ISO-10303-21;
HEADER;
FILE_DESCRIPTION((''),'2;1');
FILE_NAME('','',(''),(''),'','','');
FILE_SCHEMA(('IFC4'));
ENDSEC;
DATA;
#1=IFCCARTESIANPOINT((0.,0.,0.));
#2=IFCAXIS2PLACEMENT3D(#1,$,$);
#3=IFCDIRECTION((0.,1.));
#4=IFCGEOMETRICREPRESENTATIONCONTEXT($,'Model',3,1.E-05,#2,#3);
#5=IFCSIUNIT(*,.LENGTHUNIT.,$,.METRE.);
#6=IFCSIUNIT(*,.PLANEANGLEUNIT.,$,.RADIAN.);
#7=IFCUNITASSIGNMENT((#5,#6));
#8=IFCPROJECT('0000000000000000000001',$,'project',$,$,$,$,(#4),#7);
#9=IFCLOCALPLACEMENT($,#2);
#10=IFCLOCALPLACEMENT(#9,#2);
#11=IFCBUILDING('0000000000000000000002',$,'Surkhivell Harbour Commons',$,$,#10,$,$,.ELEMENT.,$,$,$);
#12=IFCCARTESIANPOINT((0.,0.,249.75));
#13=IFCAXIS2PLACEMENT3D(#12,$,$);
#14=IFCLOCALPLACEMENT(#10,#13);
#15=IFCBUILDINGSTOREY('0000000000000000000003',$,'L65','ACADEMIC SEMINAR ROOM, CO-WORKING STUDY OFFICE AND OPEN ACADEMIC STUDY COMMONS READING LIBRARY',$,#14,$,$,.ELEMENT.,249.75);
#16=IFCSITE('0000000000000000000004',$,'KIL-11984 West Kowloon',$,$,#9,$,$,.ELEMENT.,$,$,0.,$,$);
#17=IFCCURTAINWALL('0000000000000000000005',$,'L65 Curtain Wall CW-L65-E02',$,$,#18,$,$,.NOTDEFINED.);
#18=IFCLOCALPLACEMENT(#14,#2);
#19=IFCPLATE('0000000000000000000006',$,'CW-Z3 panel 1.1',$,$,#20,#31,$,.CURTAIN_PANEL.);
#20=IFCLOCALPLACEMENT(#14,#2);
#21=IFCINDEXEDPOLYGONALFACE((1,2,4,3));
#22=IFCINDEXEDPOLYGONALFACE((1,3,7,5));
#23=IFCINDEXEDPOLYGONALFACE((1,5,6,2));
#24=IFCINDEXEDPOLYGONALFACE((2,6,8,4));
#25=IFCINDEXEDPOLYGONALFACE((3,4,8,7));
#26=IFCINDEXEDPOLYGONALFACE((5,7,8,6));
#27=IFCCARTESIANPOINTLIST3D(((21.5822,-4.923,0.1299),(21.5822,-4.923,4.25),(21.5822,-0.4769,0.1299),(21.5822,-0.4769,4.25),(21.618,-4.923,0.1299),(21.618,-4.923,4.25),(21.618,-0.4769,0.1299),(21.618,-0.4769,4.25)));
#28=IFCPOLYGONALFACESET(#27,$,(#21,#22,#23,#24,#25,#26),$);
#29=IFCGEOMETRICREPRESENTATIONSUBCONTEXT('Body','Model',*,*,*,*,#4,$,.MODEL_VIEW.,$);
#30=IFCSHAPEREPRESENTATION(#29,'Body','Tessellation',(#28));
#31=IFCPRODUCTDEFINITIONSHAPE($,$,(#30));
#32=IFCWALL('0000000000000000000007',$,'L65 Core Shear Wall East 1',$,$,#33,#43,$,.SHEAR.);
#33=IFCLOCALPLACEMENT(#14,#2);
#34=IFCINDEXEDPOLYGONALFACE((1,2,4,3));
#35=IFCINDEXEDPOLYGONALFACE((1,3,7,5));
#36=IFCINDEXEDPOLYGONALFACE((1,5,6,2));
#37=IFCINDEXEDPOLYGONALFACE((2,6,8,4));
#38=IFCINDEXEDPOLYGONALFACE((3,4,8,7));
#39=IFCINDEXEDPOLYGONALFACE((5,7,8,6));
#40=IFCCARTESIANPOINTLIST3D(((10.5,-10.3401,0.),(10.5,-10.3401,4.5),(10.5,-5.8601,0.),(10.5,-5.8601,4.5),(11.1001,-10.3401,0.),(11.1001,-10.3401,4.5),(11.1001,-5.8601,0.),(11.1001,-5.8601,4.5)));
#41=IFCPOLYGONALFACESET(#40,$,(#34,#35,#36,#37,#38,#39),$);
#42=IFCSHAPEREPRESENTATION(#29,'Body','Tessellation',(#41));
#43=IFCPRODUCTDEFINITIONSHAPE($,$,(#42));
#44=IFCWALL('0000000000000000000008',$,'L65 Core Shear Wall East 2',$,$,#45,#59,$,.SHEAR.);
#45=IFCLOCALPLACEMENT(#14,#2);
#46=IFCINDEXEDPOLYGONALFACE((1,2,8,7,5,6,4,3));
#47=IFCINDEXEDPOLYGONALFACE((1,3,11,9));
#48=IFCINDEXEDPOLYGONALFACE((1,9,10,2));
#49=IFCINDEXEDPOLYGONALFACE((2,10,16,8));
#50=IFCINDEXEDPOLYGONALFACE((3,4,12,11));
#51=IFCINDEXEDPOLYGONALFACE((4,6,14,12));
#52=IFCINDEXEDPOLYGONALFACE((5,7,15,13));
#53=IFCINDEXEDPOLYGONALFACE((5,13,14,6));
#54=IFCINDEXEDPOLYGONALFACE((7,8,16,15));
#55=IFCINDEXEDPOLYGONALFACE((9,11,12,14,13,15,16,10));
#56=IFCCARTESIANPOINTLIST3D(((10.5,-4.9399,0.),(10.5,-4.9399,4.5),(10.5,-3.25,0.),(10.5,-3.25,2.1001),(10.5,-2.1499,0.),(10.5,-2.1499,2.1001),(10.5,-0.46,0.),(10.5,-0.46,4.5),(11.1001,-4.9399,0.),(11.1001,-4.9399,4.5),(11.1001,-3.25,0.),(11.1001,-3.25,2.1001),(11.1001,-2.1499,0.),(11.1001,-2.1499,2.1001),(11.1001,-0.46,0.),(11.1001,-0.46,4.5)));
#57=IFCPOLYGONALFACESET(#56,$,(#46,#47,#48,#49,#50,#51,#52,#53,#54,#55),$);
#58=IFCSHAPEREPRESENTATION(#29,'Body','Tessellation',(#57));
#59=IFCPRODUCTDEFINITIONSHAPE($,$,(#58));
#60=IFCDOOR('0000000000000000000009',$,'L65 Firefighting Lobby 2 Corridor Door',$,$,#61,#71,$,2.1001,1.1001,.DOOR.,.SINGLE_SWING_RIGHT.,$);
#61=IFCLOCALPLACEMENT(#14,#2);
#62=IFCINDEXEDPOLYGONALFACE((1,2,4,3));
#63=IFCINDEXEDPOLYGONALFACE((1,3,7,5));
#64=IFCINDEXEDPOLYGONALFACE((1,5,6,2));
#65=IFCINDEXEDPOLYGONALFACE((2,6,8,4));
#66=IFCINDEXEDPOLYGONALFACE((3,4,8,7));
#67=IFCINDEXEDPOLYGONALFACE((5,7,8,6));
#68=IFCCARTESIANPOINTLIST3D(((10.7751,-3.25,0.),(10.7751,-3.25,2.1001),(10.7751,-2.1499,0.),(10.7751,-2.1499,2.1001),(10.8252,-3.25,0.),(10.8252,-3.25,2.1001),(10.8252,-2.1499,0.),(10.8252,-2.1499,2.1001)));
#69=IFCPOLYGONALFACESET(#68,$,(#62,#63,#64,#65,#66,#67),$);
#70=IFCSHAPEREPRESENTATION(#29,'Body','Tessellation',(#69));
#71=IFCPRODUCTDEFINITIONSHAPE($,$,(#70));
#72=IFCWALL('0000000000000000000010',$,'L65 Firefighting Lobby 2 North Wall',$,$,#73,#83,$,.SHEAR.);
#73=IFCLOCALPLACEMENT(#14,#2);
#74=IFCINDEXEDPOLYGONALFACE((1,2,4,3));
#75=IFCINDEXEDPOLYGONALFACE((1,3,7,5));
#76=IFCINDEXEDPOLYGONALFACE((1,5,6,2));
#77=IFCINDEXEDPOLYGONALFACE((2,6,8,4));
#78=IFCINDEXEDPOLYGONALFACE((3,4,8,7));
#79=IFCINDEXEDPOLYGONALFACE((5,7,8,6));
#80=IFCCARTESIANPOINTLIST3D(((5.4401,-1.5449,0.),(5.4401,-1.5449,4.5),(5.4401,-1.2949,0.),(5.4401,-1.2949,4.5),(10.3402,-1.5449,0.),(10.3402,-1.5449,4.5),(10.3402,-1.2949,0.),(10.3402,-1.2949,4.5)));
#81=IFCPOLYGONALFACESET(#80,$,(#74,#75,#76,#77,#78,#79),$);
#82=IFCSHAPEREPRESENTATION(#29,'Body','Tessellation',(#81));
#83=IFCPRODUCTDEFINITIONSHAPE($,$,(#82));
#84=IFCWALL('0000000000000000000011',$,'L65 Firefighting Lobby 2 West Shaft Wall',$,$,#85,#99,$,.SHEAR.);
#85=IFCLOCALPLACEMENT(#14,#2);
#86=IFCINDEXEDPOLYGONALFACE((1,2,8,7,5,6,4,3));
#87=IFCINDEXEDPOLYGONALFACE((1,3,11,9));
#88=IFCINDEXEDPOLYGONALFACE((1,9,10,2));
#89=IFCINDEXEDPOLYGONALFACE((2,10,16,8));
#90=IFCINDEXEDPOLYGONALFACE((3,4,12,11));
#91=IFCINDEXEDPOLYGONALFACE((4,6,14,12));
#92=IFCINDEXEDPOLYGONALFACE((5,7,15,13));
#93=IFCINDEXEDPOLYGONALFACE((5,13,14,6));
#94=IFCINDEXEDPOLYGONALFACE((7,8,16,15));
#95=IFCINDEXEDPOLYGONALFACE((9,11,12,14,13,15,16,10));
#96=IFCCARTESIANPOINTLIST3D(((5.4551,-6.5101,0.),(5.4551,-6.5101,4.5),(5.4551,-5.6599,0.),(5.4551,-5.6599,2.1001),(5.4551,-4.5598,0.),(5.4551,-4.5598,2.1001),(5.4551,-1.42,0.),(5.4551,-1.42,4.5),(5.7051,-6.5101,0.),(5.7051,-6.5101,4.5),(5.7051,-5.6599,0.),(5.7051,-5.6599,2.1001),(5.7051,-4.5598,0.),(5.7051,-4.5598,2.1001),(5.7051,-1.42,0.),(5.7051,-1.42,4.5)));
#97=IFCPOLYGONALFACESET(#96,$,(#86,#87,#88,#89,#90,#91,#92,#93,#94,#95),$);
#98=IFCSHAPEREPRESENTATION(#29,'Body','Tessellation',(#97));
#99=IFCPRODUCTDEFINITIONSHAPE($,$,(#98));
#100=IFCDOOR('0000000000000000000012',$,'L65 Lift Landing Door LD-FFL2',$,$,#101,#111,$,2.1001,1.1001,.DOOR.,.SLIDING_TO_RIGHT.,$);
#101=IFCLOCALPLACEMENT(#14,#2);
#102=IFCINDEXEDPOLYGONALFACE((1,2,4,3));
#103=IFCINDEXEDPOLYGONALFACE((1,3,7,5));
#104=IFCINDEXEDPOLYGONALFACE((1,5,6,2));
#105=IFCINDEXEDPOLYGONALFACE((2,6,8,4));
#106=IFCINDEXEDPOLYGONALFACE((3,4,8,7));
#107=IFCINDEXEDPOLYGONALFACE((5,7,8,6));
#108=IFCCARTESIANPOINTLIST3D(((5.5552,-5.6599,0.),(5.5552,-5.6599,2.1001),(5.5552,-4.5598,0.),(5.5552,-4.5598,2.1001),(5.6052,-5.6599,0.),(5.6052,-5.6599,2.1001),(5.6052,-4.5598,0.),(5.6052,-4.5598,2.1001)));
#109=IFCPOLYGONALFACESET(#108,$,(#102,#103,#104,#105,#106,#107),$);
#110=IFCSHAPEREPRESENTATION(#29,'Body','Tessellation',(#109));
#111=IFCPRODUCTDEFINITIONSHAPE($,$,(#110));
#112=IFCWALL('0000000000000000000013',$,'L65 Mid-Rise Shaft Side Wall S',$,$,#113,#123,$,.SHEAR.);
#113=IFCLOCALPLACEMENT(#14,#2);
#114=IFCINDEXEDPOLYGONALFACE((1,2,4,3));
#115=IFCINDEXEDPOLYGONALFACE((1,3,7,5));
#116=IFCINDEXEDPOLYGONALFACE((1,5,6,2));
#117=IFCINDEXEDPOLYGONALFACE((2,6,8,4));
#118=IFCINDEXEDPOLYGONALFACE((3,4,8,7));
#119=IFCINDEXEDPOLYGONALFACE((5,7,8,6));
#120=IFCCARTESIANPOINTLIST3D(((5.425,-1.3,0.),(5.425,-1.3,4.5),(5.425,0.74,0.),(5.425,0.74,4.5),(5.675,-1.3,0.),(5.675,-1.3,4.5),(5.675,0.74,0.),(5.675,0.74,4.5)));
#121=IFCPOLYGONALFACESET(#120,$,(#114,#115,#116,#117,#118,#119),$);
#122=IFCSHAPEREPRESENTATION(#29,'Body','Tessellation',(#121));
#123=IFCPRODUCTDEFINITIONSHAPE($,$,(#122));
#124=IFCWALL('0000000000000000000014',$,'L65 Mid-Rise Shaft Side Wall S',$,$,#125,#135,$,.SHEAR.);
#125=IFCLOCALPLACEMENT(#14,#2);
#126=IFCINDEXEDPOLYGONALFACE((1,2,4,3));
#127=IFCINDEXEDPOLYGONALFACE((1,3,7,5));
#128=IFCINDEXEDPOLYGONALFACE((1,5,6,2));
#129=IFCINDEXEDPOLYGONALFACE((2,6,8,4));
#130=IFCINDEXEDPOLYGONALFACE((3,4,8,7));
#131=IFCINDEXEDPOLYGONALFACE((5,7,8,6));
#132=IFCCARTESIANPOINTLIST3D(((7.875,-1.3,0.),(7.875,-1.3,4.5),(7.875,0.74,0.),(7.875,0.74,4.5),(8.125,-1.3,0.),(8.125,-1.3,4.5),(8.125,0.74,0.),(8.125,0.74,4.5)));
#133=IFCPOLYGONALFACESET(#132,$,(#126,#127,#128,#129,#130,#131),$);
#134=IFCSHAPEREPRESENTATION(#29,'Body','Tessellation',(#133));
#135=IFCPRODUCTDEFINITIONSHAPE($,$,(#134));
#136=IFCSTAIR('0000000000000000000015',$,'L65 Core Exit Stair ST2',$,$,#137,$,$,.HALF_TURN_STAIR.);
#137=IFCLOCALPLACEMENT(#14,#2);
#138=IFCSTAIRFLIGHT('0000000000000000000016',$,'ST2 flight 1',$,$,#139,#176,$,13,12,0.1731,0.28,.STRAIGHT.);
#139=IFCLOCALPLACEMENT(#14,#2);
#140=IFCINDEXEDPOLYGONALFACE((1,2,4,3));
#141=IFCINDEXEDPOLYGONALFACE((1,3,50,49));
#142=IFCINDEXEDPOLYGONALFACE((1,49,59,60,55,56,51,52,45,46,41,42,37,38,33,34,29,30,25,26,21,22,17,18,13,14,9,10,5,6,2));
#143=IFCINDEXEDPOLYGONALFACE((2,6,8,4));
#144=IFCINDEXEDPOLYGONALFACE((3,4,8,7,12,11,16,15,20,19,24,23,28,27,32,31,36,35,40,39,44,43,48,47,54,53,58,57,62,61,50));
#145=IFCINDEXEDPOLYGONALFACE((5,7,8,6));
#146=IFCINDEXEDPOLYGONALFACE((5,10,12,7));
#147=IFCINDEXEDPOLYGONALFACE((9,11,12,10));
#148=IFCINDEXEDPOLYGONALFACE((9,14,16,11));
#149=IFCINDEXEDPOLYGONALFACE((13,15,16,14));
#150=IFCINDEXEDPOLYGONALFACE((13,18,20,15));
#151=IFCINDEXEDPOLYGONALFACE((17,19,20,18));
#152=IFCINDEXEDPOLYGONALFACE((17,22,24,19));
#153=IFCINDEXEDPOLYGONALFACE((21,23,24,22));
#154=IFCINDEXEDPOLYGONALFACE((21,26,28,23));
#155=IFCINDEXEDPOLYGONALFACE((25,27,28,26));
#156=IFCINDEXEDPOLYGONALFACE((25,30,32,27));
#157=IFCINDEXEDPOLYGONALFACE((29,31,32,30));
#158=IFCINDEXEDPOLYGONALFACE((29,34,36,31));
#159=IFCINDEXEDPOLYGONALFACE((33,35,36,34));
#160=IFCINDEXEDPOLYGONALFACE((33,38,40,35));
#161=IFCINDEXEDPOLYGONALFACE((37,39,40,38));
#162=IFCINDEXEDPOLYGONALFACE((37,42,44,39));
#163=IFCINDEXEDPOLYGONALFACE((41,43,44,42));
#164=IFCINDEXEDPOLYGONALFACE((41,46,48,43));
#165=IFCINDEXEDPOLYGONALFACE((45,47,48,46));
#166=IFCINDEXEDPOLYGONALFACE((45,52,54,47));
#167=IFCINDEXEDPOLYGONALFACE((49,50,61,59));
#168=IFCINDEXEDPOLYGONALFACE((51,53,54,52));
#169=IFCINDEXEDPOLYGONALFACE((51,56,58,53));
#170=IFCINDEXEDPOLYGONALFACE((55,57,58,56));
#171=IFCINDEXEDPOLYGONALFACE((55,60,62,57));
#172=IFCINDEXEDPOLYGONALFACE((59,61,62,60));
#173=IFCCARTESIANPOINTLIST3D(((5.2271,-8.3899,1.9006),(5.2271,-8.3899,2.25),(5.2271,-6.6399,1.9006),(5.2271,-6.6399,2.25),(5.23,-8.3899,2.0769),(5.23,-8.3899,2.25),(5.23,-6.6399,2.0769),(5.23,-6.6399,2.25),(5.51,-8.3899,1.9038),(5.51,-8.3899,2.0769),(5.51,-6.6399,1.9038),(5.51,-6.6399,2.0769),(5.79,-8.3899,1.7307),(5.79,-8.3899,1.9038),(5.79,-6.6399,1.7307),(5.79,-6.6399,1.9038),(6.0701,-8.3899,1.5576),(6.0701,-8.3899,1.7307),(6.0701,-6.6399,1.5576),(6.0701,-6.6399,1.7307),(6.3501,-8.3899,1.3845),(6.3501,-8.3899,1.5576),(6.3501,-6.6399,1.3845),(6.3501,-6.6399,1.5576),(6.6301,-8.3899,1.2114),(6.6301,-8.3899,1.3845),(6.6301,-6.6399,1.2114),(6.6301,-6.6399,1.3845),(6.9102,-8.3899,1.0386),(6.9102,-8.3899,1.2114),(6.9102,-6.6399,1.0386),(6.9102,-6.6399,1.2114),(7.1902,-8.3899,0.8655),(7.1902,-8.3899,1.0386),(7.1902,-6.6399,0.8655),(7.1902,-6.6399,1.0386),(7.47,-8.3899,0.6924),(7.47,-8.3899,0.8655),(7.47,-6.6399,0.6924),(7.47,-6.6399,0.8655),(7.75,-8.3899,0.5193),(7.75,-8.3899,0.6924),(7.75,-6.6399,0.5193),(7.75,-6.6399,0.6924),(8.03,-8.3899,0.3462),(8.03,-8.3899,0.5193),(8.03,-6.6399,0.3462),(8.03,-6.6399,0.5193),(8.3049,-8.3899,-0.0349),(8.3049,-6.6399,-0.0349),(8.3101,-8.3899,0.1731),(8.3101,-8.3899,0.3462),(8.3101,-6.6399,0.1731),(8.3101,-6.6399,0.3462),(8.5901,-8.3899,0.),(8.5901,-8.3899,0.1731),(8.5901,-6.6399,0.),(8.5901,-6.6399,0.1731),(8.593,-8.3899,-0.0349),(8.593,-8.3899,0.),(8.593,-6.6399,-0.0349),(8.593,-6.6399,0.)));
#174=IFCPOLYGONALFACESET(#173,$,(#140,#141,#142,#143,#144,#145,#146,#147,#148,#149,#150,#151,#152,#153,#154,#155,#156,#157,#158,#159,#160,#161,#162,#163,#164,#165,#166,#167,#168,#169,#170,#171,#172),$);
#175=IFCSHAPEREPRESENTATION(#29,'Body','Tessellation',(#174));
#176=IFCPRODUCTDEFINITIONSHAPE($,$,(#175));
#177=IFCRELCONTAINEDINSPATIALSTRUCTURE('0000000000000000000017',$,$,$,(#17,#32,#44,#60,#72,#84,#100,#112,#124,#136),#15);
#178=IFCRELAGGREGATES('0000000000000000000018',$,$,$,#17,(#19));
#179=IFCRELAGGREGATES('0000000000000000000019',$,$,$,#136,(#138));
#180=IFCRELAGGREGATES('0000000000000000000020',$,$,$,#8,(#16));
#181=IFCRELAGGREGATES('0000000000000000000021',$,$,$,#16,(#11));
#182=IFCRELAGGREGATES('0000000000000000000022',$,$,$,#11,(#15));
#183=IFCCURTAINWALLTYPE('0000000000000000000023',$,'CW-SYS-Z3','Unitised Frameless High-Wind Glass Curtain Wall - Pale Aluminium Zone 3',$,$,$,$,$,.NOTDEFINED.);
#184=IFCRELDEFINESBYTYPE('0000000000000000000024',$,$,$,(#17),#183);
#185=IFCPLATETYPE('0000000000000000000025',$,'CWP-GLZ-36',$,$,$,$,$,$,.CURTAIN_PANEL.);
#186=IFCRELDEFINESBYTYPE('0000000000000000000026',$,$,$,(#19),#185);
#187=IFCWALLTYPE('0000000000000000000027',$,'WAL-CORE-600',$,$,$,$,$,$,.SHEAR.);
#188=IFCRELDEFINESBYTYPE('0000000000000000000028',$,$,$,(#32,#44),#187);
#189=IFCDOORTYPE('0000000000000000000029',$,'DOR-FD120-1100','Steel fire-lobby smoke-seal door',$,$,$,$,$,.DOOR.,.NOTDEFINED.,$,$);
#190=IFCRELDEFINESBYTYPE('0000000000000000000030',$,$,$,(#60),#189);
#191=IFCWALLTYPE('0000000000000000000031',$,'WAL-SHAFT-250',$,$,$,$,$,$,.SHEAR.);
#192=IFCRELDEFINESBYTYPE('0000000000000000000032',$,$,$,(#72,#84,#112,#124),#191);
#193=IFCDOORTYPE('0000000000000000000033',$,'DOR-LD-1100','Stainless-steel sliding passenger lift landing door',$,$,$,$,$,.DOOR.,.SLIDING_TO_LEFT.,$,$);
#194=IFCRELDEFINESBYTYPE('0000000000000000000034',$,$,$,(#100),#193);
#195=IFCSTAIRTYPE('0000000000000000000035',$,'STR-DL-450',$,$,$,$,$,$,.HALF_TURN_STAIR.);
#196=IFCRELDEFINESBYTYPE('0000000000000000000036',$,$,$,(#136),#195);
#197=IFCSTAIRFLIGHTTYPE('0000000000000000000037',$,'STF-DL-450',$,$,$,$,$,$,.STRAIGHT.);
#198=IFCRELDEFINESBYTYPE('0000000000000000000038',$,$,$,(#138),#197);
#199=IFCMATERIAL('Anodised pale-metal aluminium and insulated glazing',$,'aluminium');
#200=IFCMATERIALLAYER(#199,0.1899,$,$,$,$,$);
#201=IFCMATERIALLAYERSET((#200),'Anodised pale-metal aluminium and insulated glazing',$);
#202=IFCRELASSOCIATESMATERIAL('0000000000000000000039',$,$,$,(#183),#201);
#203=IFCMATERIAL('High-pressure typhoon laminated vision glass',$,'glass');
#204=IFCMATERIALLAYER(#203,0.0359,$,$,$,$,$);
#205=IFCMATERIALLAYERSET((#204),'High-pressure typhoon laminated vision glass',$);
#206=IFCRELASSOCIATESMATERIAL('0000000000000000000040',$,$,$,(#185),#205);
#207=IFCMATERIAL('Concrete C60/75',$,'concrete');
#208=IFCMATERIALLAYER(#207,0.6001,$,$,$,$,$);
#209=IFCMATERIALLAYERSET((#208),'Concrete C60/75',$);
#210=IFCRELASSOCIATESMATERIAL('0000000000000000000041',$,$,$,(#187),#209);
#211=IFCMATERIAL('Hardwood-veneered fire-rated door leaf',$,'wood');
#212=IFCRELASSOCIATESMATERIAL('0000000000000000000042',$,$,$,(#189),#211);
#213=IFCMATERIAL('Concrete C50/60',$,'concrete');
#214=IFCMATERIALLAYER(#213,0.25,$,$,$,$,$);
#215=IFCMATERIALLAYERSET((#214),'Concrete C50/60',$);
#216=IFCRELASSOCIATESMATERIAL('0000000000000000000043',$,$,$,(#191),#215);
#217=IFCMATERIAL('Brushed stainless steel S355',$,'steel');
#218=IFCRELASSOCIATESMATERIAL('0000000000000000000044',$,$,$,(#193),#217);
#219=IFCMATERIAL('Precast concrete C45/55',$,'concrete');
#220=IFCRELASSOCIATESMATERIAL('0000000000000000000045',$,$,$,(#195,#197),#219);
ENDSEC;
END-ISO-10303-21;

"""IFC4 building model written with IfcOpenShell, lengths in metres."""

from ifc_helpers import new_model, si_unit, direction, frame, frame_2d, origin, place, context, subcontext, project, spatial, polyline, rectangle, outline, extrude, material, layer, layer_set, type_object, element, fill, aggregate, save


model = new_model("IFC4")

# Units and contexts
model_context = context("Model", 3, precision=1e-05, world=origin(), true_north=direction((0.0, 1.0)))
body_context = subcontext(model_context, "Body", "Model", "MODEL_VIEW")
ifc_project = project(units=[si_unit("LENGTHUNIT", "METRE"), si_unit("PLANEANGLEUNIT", "RADIAN")], contexts=[model_context])

# Site, building, storey
site_placement = place(None, origin())
site = spatial("IfcSite", under=ifc_project, at=site_placement, Name="KIL-11984 West Kowloon", CompositionType="ELEMENT", RefElevation=0.0)
building_placement = place(site_placement, origin())
building = spatial("IfcBuilding", under=site, at=building_placement, Name="Surkhivell Harbour Commons", CompositionType="ELEMENT")
storey_placement = place(building_placement, frame((0.0, 0.0, 249.75)))
storey = spatial("IfcBuildingStorey", under=building, at=storey_placement, Name="L65", Description="ACADEMIC SEMINAR ROOM, CO-WORKING STUDY OFFICE AND OPEN ACADEMIC STUDY COMMONS READING LIBRARY", CompositionType="ELEMENT", Elevation=249.75)

# Shared definitions
ifc_material_1 = material(Name="Concrete C60/75", Category="concrete")
ifc_material_2 = material(Name="Concrete C50/60", Category="concrete")

# Shared definitions
ifc_material_3 = material(Name="Anodised pale-metal aluminium and insulated glazing", Category="aluminium")
ifc_layer_1 = layer(ifc_material_3, 0.1899)
ifc_layer_set_1 = layer_set([ifc_layer_1], Name="Anodised pale-metal aluminium and insulated glazing")
curtain_wall_type = type_object("IfcCurtainWallType", Name="CW-SYS-Z3", Description="Unitised Frameless High-Wind Glass Curtain Wall - Pale Aluminium Zone 3", PredefinedType="NOTDEFINED", material=ifc_layer_set_1)

# Curtain wall
curtain_wall_1_placement = place(storey_placement, origin())
curtain_wall_1 = element("IfcCurtainWall", 1, at=curtain_wall_1_placement, inside=storey, type_object=curtain_wall_type, Name="L65 Curtain Wall CW-L65-E02", PredefinedType="NOTDEFINED")

# Plate
ifc_material_4 = material(Name="High-pressure typhoon laminated vision glass", Category="glass")
ifc_layer_2 = layer(ifc_material_4, 0.0359)
ifc_layer_set_2 = layer_set([ifc_layer_2], Name="High-pressure typhoon laminated vision glass")
plate_type = type_object("IfcPlateType", Name="CWP-GLZ-36", PredefinedType="CURTAIN_PANEL", material=ifc_layer_set_2)
plate_1_placement = place(storey_placement, frame((21.6001, -4.9231, 0.1299), z_axis=(0.0, 0.0, 1.0), x_axis=(0.0, 1.0, 0.0)))
plate_1 = element("IfcPlate", 2, at=plate_1_placement, type_object=plate_type, Name="CW-Z3 panel 1.1", PredefinedType="CURTAIN_PANEL", context=body_context, shape_type="SweptSolid", body=[
    extrude(rectangle(XDim=4.446, YDim=0.0359, at=frame_2d((2.2231, 0.0))), origin(), (0.0, 0.0, 1.0), 4.1201),
])
aggregate(curtain_wall_1, [plate_1])

# Wall
ifc_layer_3 = layer(ifc_material_1, 0.6001)
ifc_layer_set_3 = layer_set([ifc_layer_3], Name="Concrete C60/75")
wall_type_1 = type_object("IfcWallType", Name="WAL-CORE-600", PredefinedType="SHEAR", material=ifc_layer_set_3)
wall_1_placement = place(storey_placement, frame((10.8, -10.3401, 0.0), z_axis=(0.0, 0.0, 1.0), x_axis=(0.0, 1.0, 0.0)))
element("IfcWall", 3, at=wall_1_placement, inside=storey, type_object=wall_type_1, Name="L65 Core Shear Wall East 1", PredefinedType="SHEAR", context=body_context, shape_type="SweptSolid", body=[
    extrude(rectangle(XDim=4.48, YDim=0.6001, at=frame_2d((2.24, 0.0))), origin(), (0.0, 0.0, 1.0), 4.5),
])

# Wall, opening, door
wall_2_placement = place(storey_placement, frame((10.8, -4.9399, 0.0), z_axis=(0.0, 0.0, 1.0), x_axis=(0.0, 1.0, 0.0)))
wall_2 = element("IfcWall", 4, at=wall_2_placement, inside=storey, type_object=wall_type_1, Name="L65 Core Shear Wall East 2", PredefinedType="SHEAR", context=body_context, shape_type="SweptSolid", body=[
    extrude(rectangle(XDim=4.48, YDim=0.6001, at=frame_2d((2.24, 0.0))), origin(), (0.0, 0.0, 1.0), 4.5),
])
opening_1_placement = place(wall_2_placement, frame((1.6899, 0.0, 0.0)))
opening_1 = element("IfcOpeningElement", 5, at=opening_1_placement, cuts=wall_2, PredefinedType="OPENING", context=body_context, shape_type="SweptSolid", body=[
    extrude(rectangle(XDim=1.1001, YDim=2.1001, at=frame_2d((0.55, 1.05))), frame((0.0, 0.3101, 0.0), z_axis=(0.0, -1.0, 0.0), x_axis=(1.0, 0.0, 0.0)), (0.0, 0.0, 1.0), 0.6201),
])
ifc_material_5 = material(Name="Hardwood-veneered fire-rated door leaf", Category="wood")
door_type_1 = type_object("IfcDoorType", Name="DOR-FD120-1100", Description="Steel fire-lobby smoke-seal door", OperationType="NOTDEFINED", PredefinedType="DOOR", material=ifc_material_5)
door_1_placement = place(opening_1_placement, origin())
door_1 = element("IfcDoor", 6, at=door_1_placement, inside=storey, type_object=door_type_1, Name="L65 Firefighting Lobby 2 Corridor Door", OperationType="SINGLE_SWING_RIGHT", OverallHeight=2.1001, OverallWidth=1.1001, PredefinedType="DOOR", context=body_context, shape_type="SweptSolid", body=[
    extrude(rectangle(XDim=1.1001, YDim=2.1001, at=frame_2d((0.55, 1.05))), frame((0.0, 0.0249, 0.0), z_axis=(0.0, -1.0, 0.0), x_axis=(1.0, 0.0, 0.0)), (0.0, 0.0, 1.0), 0.05),
])
fill(opening_1, door_1)

# Wall
ifc_layer_4 = layer(ifc_material_2, 0.25)
ifc_layer_set_4 = layer_set([ifc_layer_4], Name="Concrete C50/60")
wall_type_2 = type_object("IfcWallType", Name="WAL-SHAFT-250", PredefinedType="SHEAR", material=ifc_layer_set_4)
wall_3_placement = place(storey_placement, frame((5.4399, -1.4199, 0.0), z_axis=(0.0, 0.0, 1.0), x_axis=(1.0, 0.0, 0.0)))
element("IfcWall", 7, at=wall_3_placement, inside=storey, type_object=wall_type_2, Name="L65 Firefighting Lobby 2 North Wall", PredefinedType="SHEAR", context=body_context, shape_type="SweptSolid", body=[
    extrude(rectangle(XDim=4.9001, YDim=0.25, at=frame_2d((2.4502, 0.0))), origin(), (0.0, 0.0, 1.0), 4.5),
])

# Wall, opening, door
wall_4_placement = place(storey_placement, frame((5.5801, -6.51, 0.0), z_axis=(0.0, 0.0, 1.0), x_axis=(0.0, 1.0, 0.0)))
wall_4 = element("IfcWall", 8, at=wall_4_placement, inside=storey, type_object=wall_type_2, Name="L65 Firefighting Lobby 2 West Shaft Wall", PredefinedType="SHEAR", context=body_context, shape_type="SweptSolid", body=[
    extrude(rectangle(XDim=5.0901, YDim=0.25, at=frame_2d((2.5449, 0.0))), origin(), (0.0, 0.0, 1.0), 4.5),
])
opening_2_placement = place(wall_4_placement, frame((0.8501, 0.0, 0.0)))
opening_2 = element("IfcOpeningElement", 9, at=opening_2_placement, cuts=wall_4, PredefinedType="OPENING", context=body_context, shape_type="SweptSolid", body=[
    extrude(rectangle(XDim=1.1001, YDim=2.1001, at=frame_2d((0.55, 1.05))), frame((0.0, 0.135, 0.0), z_axis=(0.0, -1.0, 0.0), x_axis=(1.0, 0.0, 0.0)), (0.0, 0.0, 1.0), 0.27),
])
ifc_material_6 = material(Name="Brushed stainless steel S355", Category="steel")
door_type_2 = type_object("IfcDoorType", Name="DOR-LD-1100", Description="Stainless-steel sliding passenger lift landing door", OperationType="SLIDING_TO_LEFT", PredefinedType="DOOR", material=ifc_material_6)
door_2_placement = place(opening_2_placement, origin())
door_2 = element("IfcDoor", 10, at=door_2_placement, inside=storey, type_object=door_type_2, Name="L65 Lift Landing Door LD-FFL2", OperationType="SLIDING_TO_RIGHT", OverallHeight=2.1001, OverallWidth=1.1001, PredefinedType="DOOR", context=body_context, shape_type="SweptSolid", body=[
    extrude(rectangle(XDim=1.1001, YDim=2.1001, at=frame_2d((0.55, 1.05))), frame((0.0, 0.0249, 0.0), z_axis=(0.0, -1.0, 0.0), x_axis=(1.0, 0.0, 0.0)), (0.0, 0.0, 1.0), 0.05),
])
fill(opening_2, door_2)

# Walls
for number, where, z_axis, x_axis, name in (
    (11, (5.55, -1.3, 0.0), (0.0, 0.0, 1.0), (0.0, 1.0, 0.0), "L65 Mid-Rise Shaft Side Wall S"),
    (12, (8.0, -1.3, 0.0), (0.0, 0.0, 1.0), (0.0, 1.0, 0.0), "L65 Mid-Rise Shaft Side Wall S"),
):
    element("IfcWall", number, at=place(storey_placement, frame(where, z_axis=z_axis, x_axis=x_axis)), inside=storey, type_object=wall_type_2, Name=name, PredefinedType="SHEAR", context=body_context, shape_type="SweptSolid", body=[
        extrude(rectangle(XDim=2.04, YDim=0.25, at=frame_2d((1.02, 0.0))), origin(), (0.0, 0.0, 1.0), 4.5),
    ])

# Stair, stair flight
ifc_material_7 = material(Name="Precast concrete C45/55", Category="concrete")
stair_type = type_object("IfcStairType", Name="STR-DL-450", PredefinedType="HALF_TURN_STAIR", material=ifc_material_7)
stair_placement = place(storey_placement, origin())
stair = element("IfcStair", 13, at=stair_placement, inside=storey, type_object=stair_type, Name="L65 Core Exit Stair ST2", PredefinedType="HALF_TURN_STAIR")
stair_flight_type = type_object("IfcStairFlightType", Name="STF-DL-450", PredefinedType="STRAIGHT", material=ifc_material_7)
stair_flight_1_placement = place(storey_placement, frame((8.5901, -7.5149, 0.0), z_axis=(0.0, 0.0, 1.0), x_axis=(-1.0, 0.0, 0.0)))
stair_flight_1 = element("IfcStairFlight", 14, at=stair_flight_1_placement, type_object=stair_flight_type, Name="ST2 flight 1", NumberOfRisers=13, NumberOfTreads=12, PredefinedType="STRAIGHT", RiserHeight=0.1731, TreadLength=0.28, context=body_context, shape_type="SweptSolid", body=[
    extrude(outline(polyline([(-0.0029, -0.0349), (-0.0029, 0.0), (0.0, 0.0), (0.0, 0.1731), (0.28, 0.1731), (0.28, 0.3462), (0.5601, 0.3462), (0.5601, 0.5193), (0.8401, 0.5193), (0.8401, 0.6924), (1.1201, 0.6924), (1.1201, 0.8655), (1.3999, 0.8655), (1.3999, 1.0386), (1.6799, 1.0386), (1.6799, 1.2114), (1.96, 1.2114), (1.96, 1.3845), (2.24, 1.3845), (2.24, 1.5576), (2.52, 1.5576), (2.52, 1.7307), (2.8, 1.7307), (2.8, 1.9038), (3.0801, 1.9038), (3.0801, 2.0769), (3.3601, 2.0769), (3.3601, 2.25), (3.363, 2.25), (3.363, 1.9006), (0.2852, -0.0349), (-0.0029, -0.0349)])), frame((0.0, 0.875, 0.0), z_axis=(0.0, -1.0, 0.0), x_axis=(1.0, 0.0, 0.0)), (0.0, 0.0, 1.0), 1.75),
])
aggregate(stair, [stair_flight_1])

save(model, "model.ifc")
